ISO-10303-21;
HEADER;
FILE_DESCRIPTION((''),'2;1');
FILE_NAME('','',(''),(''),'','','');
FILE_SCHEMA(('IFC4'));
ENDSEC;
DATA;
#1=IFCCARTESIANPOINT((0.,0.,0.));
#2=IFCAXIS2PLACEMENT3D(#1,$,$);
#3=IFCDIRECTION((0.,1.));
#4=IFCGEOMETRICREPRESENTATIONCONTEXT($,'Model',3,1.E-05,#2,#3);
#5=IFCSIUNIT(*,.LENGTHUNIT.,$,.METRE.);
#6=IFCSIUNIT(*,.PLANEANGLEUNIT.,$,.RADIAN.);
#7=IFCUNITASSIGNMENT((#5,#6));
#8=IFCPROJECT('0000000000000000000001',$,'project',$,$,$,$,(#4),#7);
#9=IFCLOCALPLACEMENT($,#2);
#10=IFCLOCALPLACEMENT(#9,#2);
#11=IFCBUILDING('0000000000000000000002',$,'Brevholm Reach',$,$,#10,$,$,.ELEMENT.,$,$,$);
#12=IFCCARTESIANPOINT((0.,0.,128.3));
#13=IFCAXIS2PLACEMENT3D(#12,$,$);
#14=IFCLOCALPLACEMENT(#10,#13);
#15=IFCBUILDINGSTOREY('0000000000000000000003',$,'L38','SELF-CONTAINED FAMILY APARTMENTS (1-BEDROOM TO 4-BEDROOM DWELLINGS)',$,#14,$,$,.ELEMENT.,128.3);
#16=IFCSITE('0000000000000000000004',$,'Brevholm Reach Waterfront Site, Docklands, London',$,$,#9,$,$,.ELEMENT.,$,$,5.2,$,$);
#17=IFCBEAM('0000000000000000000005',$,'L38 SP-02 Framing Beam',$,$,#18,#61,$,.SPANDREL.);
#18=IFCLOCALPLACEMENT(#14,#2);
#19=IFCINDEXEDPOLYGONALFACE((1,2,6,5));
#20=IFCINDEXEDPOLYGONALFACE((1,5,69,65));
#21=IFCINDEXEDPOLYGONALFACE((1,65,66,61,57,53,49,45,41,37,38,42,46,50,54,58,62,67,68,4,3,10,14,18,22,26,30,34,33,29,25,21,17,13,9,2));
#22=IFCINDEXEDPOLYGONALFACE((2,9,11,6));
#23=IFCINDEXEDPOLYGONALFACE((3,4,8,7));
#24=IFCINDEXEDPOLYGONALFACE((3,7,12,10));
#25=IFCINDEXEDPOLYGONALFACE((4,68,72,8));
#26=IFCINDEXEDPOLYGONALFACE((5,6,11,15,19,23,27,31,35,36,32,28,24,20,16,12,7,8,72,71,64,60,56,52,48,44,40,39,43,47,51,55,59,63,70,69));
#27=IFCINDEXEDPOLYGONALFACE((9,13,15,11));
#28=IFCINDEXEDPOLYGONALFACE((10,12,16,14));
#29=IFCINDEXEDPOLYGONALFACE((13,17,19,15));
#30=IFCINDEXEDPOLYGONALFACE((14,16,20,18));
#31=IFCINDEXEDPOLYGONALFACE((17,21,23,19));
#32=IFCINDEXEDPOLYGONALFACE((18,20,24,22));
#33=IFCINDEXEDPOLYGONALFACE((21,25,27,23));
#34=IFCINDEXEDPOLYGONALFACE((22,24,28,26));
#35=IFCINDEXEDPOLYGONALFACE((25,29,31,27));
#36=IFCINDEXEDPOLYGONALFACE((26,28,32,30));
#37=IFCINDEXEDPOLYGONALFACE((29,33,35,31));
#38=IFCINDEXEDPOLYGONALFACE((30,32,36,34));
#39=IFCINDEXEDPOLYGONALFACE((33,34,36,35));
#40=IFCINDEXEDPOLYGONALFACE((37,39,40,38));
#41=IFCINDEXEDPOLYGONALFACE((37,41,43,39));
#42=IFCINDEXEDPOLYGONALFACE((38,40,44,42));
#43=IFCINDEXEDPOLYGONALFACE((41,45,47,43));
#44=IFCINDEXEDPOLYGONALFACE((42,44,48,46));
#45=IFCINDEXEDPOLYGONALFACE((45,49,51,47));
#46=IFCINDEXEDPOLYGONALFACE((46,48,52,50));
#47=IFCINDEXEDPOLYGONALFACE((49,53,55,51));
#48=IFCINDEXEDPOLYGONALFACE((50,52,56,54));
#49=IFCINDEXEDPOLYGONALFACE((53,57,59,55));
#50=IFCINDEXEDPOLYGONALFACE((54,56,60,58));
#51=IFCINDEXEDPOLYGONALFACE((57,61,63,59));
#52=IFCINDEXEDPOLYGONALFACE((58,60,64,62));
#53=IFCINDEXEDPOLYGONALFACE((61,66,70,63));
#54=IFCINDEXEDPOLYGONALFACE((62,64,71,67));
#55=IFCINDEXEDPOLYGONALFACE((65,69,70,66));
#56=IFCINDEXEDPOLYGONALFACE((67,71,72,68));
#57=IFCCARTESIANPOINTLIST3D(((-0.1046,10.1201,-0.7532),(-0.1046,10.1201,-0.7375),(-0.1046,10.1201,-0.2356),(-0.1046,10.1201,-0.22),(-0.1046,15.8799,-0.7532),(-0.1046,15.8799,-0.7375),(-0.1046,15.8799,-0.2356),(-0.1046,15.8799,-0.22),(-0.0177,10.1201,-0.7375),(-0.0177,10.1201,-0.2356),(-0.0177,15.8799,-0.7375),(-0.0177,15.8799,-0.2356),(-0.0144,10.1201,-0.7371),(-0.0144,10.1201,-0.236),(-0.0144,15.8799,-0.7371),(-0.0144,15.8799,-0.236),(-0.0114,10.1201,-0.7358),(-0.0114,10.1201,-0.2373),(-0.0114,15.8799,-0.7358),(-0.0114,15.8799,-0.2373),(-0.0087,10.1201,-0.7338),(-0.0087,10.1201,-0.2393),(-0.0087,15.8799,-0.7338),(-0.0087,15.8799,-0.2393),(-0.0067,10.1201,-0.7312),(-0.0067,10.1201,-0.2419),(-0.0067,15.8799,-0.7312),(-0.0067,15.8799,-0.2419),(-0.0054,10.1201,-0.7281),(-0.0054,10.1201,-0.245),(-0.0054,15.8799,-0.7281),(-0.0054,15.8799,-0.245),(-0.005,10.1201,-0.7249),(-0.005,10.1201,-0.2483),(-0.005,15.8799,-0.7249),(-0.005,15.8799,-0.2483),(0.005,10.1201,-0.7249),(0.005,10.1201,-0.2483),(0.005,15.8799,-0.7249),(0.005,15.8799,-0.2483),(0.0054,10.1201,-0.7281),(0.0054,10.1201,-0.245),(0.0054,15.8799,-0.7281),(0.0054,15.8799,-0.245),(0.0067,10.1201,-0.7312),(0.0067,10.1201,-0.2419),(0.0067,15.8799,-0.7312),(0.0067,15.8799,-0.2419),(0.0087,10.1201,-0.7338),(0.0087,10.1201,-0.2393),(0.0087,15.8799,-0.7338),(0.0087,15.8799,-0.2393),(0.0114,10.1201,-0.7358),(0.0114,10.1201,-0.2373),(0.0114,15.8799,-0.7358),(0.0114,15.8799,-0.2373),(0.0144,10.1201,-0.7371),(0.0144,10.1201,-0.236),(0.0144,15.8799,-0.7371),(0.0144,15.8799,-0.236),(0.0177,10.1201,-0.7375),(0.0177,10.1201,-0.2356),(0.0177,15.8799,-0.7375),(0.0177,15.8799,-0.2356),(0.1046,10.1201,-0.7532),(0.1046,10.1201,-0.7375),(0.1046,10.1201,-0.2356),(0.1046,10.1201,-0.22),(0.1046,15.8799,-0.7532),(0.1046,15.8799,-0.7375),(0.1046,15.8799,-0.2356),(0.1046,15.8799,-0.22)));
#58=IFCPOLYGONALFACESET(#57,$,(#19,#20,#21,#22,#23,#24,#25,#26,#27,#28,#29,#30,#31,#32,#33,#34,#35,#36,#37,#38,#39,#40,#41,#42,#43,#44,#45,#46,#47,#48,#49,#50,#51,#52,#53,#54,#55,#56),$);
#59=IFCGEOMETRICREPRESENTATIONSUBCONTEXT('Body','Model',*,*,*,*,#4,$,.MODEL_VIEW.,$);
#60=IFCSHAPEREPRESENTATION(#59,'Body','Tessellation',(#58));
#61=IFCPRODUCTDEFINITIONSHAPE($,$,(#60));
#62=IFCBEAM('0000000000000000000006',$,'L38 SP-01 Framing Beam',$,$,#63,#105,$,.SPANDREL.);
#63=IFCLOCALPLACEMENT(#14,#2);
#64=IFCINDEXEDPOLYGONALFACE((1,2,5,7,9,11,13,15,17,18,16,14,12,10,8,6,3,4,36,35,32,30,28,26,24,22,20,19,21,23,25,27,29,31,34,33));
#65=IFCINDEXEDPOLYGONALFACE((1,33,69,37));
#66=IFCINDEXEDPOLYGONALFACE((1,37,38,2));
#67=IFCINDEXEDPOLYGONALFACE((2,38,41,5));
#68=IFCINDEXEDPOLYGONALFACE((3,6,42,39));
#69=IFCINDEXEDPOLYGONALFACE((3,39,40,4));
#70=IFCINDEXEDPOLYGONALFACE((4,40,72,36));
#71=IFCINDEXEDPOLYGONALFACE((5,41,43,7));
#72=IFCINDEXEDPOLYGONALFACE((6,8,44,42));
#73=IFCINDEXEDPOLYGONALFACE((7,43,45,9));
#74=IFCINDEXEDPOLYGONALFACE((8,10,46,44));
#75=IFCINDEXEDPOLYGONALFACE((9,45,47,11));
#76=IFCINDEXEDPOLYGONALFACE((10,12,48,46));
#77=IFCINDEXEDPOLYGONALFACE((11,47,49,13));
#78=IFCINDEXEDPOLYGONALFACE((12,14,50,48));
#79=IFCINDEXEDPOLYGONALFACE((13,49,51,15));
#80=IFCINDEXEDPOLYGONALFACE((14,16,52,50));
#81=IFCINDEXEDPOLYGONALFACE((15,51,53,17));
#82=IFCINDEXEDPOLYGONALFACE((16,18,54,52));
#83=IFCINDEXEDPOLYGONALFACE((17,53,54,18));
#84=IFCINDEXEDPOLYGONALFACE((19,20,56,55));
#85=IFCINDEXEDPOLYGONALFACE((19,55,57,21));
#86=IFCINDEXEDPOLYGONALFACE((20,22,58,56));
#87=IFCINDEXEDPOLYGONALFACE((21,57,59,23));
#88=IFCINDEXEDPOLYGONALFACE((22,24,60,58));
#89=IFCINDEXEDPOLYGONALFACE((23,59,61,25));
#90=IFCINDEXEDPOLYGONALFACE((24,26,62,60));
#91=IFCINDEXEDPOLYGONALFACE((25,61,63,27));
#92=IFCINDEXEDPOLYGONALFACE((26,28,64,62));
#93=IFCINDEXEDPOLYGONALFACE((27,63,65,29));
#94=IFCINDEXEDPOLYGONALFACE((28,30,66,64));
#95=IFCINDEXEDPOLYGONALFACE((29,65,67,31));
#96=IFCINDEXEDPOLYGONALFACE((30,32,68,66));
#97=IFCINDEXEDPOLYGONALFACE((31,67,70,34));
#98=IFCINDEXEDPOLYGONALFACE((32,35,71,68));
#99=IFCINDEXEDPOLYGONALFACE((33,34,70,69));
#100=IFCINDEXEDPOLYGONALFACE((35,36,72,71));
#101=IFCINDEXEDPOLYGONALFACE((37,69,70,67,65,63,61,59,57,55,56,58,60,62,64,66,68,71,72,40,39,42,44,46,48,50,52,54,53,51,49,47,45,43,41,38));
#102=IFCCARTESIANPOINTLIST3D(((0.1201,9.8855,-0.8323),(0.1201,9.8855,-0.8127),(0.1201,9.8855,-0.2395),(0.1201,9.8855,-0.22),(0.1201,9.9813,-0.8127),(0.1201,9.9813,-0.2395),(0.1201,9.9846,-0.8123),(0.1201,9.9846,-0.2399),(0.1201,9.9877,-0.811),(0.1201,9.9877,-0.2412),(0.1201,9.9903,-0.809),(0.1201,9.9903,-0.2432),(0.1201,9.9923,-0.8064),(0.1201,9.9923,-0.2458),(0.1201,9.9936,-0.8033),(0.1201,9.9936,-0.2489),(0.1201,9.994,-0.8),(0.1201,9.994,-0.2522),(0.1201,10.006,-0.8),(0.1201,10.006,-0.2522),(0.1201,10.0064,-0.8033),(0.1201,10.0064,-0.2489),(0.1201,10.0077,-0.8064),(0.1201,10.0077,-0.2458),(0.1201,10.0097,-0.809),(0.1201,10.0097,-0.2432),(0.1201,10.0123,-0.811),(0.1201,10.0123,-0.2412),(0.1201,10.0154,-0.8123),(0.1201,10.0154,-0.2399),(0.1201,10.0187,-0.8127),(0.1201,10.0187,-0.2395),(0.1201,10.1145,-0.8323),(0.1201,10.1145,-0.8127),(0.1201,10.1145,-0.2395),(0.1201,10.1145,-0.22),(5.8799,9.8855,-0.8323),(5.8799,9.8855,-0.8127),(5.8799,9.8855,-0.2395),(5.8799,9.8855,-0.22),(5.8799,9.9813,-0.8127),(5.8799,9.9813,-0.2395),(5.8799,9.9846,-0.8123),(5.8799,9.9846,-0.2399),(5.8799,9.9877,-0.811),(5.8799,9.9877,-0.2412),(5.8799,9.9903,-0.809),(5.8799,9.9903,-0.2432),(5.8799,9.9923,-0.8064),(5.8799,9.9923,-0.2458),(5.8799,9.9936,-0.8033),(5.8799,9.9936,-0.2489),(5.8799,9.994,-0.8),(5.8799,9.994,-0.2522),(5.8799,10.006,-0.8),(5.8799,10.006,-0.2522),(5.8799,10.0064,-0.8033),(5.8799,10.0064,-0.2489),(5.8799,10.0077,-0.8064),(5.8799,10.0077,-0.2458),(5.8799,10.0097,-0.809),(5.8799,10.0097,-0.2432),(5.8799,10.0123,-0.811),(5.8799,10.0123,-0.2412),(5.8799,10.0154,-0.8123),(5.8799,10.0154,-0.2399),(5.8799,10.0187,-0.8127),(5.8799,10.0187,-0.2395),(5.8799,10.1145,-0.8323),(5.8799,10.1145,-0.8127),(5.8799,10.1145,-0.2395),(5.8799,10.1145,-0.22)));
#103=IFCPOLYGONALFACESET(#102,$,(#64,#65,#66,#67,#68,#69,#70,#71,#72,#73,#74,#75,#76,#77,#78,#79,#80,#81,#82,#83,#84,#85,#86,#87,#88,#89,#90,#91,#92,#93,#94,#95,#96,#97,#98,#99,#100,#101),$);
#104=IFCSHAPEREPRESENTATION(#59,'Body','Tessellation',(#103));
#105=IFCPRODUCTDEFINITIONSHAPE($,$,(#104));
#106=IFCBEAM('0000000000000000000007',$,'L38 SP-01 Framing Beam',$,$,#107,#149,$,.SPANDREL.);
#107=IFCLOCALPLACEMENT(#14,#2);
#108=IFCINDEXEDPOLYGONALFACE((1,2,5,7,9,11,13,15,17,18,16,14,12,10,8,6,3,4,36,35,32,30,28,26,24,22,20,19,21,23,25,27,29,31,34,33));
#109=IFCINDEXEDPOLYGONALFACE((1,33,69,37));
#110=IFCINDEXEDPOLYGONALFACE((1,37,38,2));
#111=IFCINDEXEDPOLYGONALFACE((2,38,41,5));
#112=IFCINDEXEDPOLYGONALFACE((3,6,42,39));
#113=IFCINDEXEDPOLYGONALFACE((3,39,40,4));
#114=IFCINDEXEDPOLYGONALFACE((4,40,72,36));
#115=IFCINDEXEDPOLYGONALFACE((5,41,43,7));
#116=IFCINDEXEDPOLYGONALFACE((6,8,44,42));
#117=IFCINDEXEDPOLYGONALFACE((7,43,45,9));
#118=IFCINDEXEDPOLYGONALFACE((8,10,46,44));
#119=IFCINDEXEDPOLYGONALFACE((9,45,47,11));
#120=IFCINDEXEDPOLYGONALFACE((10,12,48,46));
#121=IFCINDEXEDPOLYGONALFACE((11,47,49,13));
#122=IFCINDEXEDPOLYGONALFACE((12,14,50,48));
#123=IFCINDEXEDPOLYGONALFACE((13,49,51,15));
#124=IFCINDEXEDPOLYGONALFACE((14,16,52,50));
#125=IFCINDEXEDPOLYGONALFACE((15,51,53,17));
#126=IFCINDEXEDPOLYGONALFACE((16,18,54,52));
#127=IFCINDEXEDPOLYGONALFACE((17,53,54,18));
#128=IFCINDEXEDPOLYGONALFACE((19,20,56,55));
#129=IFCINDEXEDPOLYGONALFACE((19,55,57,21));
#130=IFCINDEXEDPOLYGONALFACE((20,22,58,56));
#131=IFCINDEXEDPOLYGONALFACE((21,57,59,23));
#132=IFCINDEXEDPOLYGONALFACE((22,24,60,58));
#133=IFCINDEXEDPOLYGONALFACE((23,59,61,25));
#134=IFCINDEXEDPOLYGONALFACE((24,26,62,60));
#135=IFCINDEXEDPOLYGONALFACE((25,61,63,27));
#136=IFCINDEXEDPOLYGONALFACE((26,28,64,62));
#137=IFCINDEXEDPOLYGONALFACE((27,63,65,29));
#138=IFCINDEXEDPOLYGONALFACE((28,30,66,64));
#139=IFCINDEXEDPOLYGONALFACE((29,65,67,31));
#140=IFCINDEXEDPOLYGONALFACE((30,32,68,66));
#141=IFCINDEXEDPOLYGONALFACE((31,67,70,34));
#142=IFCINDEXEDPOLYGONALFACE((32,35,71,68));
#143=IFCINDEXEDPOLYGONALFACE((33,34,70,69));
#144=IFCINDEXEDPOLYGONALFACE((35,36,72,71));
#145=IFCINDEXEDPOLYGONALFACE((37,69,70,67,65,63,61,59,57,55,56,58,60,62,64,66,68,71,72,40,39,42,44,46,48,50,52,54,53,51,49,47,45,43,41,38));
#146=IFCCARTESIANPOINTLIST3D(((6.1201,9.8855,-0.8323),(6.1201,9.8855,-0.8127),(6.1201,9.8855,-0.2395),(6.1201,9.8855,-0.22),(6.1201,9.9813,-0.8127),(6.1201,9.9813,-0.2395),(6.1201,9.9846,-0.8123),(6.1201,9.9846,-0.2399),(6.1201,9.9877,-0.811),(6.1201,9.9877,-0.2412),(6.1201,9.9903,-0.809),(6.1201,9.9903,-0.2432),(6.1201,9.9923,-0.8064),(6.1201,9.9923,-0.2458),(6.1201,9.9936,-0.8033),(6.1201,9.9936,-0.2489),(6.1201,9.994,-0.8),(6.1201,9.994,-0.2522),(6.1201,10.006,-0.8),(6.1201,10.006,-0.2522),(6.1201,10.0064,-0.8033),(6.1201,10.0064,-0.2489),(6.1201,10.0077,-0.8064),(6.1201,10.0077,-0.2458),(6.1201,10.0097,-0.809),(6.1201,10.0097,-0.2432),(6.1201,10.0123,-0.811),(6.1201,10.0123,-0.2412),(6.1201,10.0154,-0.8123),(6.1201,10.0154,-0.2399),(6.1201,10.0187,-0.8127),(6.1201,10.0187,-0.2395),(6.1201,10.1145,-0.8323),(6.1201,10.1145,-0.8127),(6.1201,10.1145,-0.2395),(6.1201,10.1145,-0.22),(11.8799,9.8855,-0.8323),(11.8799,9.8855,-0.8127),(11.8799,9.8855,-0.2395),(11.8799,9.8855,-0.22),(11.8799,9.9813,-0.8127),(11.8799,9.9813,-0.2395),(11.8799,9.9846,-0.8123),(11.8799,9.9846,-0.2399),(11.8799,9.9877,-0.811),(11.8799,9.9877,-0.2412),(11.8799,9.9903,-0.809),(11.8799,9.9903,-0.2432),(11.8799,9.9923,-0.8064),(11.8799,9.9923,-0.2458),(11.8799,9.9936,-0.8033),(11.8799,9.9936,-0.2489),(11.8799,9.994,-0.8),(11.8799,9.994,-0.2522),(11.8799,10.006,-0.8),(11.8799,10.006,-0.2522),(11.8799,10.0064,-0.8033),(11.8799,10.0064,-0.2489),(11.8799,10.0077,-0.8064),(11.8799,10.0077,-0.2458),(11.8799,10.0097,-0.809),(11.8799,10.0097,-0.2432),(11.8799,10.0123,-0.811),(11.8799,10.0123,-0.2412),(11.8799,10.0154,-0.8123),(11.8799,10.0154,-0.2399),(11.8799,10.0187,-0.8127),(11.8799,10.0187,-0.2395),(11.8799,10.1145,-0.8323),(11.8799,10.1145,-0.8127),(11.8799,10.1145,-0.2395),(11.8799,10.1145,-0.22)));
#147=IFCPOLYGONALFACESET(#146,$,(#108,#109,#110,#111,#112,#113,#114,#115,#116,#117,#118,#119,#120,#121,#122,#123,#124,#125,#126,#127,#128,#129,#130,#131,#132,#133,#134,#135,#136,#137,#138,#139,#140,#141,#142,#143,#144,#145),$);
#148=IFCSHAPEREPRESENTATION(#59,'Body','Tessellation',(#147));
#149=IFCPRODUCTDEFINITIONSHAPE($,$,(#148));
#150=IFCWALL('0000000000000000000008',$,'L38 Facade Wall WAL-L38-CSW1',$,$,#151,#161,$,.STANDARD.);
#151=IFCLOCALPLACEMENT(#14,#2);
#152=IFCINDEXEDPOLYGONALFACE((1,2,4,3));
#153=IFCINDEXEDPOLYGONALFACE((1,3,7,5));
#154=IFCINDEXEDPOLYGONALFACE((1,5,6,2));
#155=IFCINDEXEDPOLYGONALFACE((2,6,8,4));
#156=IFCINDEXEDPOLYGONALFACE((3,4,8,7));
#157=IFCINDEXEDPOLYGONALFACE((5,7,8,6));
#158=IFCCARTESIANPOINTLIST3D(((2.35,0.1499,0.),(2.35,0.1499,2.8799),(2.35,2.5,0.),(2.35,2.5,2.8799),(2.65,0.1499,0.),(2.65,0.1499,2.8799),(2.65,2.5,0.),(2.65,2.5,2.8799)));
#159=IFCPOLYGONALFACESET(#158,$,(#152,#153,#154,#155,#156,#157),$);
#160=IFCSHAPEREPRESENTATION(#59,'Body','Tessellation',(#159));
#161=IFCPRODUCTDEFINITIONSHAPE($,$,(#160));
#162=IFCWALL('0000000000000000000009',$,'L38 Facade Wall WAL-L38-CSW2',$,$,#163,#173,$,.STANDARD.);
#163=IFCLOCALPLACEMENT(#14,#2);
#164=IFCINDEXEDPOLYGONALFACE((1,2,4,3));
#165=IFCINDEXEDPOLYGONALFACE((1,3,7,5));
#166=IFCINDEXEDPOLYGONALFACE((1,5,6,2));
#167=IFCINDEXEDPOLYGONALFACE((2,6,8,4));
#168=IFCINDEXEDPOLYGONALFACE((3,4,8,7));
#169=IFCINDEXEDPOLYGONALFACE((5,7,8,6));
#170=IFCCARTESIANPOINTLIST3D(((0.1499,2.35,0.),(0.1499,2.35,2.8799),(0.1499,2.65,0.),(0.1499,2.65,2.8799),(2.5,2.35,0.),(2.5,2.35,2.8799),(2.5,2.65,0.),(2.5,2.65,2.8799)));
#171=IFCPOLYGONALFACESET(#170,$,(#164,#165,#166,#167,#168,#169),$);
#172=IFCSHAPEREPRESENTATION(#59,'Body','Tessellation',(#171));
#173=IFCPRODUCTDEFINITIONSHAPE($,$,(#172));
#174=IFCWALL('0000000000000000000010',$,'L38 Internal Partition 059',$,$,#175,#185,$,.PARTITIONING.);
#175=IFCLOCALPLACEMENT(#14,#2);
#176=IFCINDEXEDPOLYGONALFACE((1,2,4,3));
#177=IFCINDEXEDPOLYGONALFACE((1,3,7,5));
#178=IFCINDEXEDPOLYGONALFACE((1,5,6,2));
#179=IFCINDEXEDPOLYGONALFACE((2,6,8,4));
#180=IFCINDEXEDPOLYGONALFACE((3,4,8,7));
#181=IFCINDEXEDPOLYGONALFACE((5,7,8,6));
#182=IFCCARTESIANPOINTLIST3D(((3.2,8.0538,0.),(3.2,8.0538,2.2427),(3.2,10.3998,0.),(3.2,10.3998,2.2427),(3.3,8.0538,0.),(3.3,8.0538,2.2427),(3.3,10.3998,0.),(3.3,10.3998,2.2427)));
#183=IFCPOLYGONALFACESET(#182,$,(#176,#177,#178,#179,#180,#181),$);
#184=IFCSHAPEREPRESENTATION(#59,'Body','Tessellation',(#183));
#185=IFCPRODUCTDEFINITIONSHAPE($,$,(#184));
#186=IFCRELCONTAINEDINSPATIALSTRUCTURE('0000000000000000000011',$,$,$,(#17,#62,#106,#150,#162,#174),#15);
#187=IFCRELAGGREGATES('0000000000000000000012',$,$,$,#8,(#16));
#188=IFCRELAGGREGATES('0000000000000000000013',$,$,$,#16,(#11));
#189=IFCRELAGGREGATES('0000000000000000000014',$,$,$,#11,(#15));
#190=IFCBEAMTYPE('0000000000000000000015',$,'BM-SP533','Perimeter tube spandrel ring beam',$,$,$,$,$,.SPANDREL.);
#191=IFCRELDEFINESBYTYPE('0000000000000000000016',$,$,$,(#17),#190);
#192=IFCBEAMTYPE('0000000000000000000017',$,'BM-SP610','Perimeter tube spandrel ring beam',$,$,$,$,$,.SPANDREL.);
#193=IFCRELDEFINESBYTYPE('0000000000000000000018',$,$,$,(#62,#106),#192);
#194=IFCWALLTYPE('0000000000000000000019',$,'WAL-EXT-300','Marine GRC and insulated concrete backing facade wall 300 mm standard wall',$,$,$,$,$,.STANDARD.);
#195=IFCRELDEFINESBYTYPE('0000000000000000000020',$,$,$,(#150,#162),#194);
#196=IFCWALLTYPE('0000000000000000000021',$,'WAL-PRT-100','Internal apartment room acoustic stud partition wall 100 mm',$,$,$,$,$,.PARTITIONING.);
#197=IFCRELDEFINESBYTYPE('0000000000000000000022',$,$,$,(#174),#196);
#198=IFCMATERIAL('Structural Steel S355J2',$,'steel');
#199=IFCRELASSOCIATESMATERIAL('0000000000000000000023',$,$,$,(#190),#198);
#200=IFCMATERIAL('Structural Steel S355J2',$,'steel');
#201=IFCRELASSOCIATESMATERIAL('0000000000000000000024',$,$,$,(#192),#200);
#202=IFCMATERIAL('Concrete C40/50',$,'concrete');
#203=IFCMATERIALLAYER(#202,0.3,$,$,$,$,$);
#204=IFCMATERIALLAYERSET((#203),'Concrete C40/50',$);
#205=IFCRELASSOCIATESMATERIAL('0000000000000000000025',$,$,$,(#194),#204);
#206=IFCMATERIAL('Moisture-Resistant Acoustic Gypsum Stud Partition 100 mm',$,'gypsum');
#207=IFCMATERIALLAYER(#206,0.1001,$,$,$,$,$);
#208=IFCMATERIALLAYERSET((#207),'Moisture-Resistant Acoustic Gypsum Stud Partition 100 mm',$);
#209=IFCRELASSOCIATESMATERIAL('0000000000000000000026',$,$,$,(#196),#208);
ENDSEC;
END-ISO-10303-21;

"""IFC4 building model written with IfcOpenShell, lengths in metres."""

from ifc_helpers import new_model, si_unit, direction, frame, frame_2d, origin, origin_2d, place, context, subcontext, project, spatial, rectangle, i_section, extrude, material, layer, layer_set, material_profile, profile_set, type_object, element, save


model = new_model("IFC4")

# Units and contexts
model_context = context("Model", 3, precision=1e-05, world=origin(), true_north=direction((0.0, 1.0)))
body_context = subcontext(model_context, "Body", "Model", "MODEL_VIEW")
ifc_project = project(units=[si_unit("LENGTHUNIT", "METRE"), si_unit("PLANEANGLEUNIT", "RADIAN")], contexts=[model_context])

# Site, building, storey
site_placement = place(None, origin())
site = spatial("IfcSite", under=ifc_project, at=site_placement, Name="Brevholm Reach Waterfront Site, Docklands, London", CompositionType="ELEMENT", RefElevation=5.2)
building_placement = place(site_placement, origin())
building = spatial("IfcBuilding", under=site, at=building_placement, Name="Brevholm Reach", CompositionType="ELEMENT")
storey_placement = place(building_placement, frame((0.0, 0.0, 128.3)))
storey = spatial("IfcBuildingStorey", under=building, at=storey_placement, Name="L38", Description="SELF-CONTAINED FAMILY APARTMENTS (1-BEDROOM TO 4-BEDROOM DWELLINGS)", CompositionType="ELEMENT", Elevation=128.3)

# Beams
ifc_material_1 = material(Name="Structural Steel S355J2", Category="steel")
ifc_material_profile_1 = material_profile(ifc_material_1, i_section(OverallWidth=0.2092, OverallDepth=0.5332, WebThickness=0.01, FlangeThickness=0.0156, FilletRadius=0.0127, at=origin_2d()), Name="UKB 533x210x92")
ifc_profile_set_1 = profile_set([ifc_material_profile_1], Name="Structural Steel S355J2")
beam_type_1 = type_object("IfcBeamType", Name="BM-SP533", Description="Perimeter tube spandrel ring beam", PredefinedType="SPANDREL", material=ifc_profile_set_1)
beam_placement = place(storey_placement, frame((0.0, 10.1201, -0.4866), z_axis=(0.0, 1.0, 0.0), x_axis=(-1.0, 0.0, 0.0)))
element("IfcBeam", 1, at=beam_placement, inside=storey, type_object=beam_type_1, Name="L38 SP-02 Framing Beam", PredefinedType="SPANDREL", context=body_context, shape_type="SweptSolid", body=[
    extrude(i_section(OverallWidth=0.2092, OverallDepth=0.5332, WebThickness=0.01, FlangeThickness=0.0156, FilletRadius=0.0127, at=origin_2d()), origin(), (0.0, 0.0, 1.0), 5.7598),
])
ifc_material_2 = material(Name="Structural Steel S355J2", Category="steel")
ifc_material_profile_2 = material_profile(ifc_material_2, i_section(OverallWidth=0.229, OverallDepth=0.6123, WebThickness=0.012, FlangeThickness=0.0195, FilletRadius=0.0127, at=origin_2d()), Name="UKB 610x229x125")
ifc_profile_set_2 = profile_set([ifc_material_profile_2], Name="Structural Steel S355J2")
beam_type_2 = type_object("IfcBeamType", Name="BM-SP610", Description="Perimeter tube spandrel ring beam", PredefinedType="SPANDREL", material=ifc_profile_set_2)
for number, where, z_axis, x_axis, name in (
    (2, (0.1201, 10.0, -0.5261), (1.0, 0.0, 0.0), (0.0, 1.0, 0.0), "L38 SP-01 Framing Beam"),
    (3, (6.1201, 10.0, -0.5261), (1.0, 0.0, 0.0), (0.0, 1.0, 0.0), "L38 SP-01 Framing Beam"),
):
    element("IfcBeam", number, at=place(storey_placement, frame(where, z_axis=z_axis, x_axis=x_axis)), inside=storey, type_object=beam_type_2, Name=name, PredefinedType="SPANDREL", context=body_context, shape_type="SweptSolid", body=[
        extrude(i_section(OverallWidth=0.229, OverallDepth=0.6123, WebThickness=0.012, FlangeThickness=0.0195, FilletRadius=0.0127, at=origin_2d()), origin(), (0.0, 0.0, 1.0), 5.7598),
    ])

# Walls
ifc_material_3 = material(Name="Concrete C40/50", Category="concrete")
ifc_layer_1 = layer(ifc_material_3, 0.3)
ifc_layer_set_1 = layer_set([ifc_layer_1], Name="Concrete C40/50")
wall_type_1 = type_object("IfcWallType", Name="WAL-EXT-300", Description="Marine GRC and insulated concrete backing facade wall 300 mm standard wall", PredefinedType="STANDARD", material=ifc_layer_set_1)
for number, where, z_axis, x_axis, name in (
    (4, (2.5, 2.5, 0.0), (0.0, 0.0, 1.0), (0.0, -1.0, 0.0), "L38 Facade Wall WAL-L38-CSW1"),
    (5, (0.1499, 2.5, 0.0), (0.0, 0.0, 1.0), (1.0, 0.0, 0.0), "L38 Facade Wall WAL-L38-CSW2"),
):
    element("IfcWall", number, at=place(storey_placement, frame(where, z_axis=z_axis, x_axis=x_axis)), inside=storey, type_object=wall_type_1, Name=name, PredefinedType="STANDARD", context=body_context, shape_type="SweptSolid", body=[
        extrude(rectangle(XDim=2.3501, YDim=0.3, at=frame_2d((1.175, 0.0))), origin(), (0.0, 0.0, 1.0), 2.8799),
    ])
ifc_material_4 = material(Name="Moisture-Resistant Acoustic Gypsum Stud Partition 100 mm", Category="gypsum")
ifc_layer_2 = layer(ifc_material_4, 0.1001)
ifc_layer_set_2 = layer_set([ifc_layer_2], Name="Moisture-Resistant Acoustic Gypsum Stud Partition 100 mm")
wall_type_2 = type_object("IfcWallType", Name="WAL-PRT-100", Description="Internal apartment room acoustic stud partition wall 100 mm", PredefinedType="PARTITIONING", material=ifc_layer_set_2)
wall_1_placement = place(storey_placement, frame((3.25, 8.054, 0.0), z_axis=(0.0, 0.0, 1.0), x_axis=(0.0, 1.0, 0.0)))
element("IfcWall", 6, at=wall_1_placement, inside=storey, type_object=wall_type_2, Name="L38 Internal Partition 059", PredefinedType="PARTITIONING", context=body_context, shape_type="SweptSolid", body=[
    extrude(rectangle(XDim=2.3459, YDim=0.1001, at=frame_2d((1.1729, 0.0))), origin(), (0.0, 0.0, 1.0), 2.2427),
])

save(model, "model.ifc")
